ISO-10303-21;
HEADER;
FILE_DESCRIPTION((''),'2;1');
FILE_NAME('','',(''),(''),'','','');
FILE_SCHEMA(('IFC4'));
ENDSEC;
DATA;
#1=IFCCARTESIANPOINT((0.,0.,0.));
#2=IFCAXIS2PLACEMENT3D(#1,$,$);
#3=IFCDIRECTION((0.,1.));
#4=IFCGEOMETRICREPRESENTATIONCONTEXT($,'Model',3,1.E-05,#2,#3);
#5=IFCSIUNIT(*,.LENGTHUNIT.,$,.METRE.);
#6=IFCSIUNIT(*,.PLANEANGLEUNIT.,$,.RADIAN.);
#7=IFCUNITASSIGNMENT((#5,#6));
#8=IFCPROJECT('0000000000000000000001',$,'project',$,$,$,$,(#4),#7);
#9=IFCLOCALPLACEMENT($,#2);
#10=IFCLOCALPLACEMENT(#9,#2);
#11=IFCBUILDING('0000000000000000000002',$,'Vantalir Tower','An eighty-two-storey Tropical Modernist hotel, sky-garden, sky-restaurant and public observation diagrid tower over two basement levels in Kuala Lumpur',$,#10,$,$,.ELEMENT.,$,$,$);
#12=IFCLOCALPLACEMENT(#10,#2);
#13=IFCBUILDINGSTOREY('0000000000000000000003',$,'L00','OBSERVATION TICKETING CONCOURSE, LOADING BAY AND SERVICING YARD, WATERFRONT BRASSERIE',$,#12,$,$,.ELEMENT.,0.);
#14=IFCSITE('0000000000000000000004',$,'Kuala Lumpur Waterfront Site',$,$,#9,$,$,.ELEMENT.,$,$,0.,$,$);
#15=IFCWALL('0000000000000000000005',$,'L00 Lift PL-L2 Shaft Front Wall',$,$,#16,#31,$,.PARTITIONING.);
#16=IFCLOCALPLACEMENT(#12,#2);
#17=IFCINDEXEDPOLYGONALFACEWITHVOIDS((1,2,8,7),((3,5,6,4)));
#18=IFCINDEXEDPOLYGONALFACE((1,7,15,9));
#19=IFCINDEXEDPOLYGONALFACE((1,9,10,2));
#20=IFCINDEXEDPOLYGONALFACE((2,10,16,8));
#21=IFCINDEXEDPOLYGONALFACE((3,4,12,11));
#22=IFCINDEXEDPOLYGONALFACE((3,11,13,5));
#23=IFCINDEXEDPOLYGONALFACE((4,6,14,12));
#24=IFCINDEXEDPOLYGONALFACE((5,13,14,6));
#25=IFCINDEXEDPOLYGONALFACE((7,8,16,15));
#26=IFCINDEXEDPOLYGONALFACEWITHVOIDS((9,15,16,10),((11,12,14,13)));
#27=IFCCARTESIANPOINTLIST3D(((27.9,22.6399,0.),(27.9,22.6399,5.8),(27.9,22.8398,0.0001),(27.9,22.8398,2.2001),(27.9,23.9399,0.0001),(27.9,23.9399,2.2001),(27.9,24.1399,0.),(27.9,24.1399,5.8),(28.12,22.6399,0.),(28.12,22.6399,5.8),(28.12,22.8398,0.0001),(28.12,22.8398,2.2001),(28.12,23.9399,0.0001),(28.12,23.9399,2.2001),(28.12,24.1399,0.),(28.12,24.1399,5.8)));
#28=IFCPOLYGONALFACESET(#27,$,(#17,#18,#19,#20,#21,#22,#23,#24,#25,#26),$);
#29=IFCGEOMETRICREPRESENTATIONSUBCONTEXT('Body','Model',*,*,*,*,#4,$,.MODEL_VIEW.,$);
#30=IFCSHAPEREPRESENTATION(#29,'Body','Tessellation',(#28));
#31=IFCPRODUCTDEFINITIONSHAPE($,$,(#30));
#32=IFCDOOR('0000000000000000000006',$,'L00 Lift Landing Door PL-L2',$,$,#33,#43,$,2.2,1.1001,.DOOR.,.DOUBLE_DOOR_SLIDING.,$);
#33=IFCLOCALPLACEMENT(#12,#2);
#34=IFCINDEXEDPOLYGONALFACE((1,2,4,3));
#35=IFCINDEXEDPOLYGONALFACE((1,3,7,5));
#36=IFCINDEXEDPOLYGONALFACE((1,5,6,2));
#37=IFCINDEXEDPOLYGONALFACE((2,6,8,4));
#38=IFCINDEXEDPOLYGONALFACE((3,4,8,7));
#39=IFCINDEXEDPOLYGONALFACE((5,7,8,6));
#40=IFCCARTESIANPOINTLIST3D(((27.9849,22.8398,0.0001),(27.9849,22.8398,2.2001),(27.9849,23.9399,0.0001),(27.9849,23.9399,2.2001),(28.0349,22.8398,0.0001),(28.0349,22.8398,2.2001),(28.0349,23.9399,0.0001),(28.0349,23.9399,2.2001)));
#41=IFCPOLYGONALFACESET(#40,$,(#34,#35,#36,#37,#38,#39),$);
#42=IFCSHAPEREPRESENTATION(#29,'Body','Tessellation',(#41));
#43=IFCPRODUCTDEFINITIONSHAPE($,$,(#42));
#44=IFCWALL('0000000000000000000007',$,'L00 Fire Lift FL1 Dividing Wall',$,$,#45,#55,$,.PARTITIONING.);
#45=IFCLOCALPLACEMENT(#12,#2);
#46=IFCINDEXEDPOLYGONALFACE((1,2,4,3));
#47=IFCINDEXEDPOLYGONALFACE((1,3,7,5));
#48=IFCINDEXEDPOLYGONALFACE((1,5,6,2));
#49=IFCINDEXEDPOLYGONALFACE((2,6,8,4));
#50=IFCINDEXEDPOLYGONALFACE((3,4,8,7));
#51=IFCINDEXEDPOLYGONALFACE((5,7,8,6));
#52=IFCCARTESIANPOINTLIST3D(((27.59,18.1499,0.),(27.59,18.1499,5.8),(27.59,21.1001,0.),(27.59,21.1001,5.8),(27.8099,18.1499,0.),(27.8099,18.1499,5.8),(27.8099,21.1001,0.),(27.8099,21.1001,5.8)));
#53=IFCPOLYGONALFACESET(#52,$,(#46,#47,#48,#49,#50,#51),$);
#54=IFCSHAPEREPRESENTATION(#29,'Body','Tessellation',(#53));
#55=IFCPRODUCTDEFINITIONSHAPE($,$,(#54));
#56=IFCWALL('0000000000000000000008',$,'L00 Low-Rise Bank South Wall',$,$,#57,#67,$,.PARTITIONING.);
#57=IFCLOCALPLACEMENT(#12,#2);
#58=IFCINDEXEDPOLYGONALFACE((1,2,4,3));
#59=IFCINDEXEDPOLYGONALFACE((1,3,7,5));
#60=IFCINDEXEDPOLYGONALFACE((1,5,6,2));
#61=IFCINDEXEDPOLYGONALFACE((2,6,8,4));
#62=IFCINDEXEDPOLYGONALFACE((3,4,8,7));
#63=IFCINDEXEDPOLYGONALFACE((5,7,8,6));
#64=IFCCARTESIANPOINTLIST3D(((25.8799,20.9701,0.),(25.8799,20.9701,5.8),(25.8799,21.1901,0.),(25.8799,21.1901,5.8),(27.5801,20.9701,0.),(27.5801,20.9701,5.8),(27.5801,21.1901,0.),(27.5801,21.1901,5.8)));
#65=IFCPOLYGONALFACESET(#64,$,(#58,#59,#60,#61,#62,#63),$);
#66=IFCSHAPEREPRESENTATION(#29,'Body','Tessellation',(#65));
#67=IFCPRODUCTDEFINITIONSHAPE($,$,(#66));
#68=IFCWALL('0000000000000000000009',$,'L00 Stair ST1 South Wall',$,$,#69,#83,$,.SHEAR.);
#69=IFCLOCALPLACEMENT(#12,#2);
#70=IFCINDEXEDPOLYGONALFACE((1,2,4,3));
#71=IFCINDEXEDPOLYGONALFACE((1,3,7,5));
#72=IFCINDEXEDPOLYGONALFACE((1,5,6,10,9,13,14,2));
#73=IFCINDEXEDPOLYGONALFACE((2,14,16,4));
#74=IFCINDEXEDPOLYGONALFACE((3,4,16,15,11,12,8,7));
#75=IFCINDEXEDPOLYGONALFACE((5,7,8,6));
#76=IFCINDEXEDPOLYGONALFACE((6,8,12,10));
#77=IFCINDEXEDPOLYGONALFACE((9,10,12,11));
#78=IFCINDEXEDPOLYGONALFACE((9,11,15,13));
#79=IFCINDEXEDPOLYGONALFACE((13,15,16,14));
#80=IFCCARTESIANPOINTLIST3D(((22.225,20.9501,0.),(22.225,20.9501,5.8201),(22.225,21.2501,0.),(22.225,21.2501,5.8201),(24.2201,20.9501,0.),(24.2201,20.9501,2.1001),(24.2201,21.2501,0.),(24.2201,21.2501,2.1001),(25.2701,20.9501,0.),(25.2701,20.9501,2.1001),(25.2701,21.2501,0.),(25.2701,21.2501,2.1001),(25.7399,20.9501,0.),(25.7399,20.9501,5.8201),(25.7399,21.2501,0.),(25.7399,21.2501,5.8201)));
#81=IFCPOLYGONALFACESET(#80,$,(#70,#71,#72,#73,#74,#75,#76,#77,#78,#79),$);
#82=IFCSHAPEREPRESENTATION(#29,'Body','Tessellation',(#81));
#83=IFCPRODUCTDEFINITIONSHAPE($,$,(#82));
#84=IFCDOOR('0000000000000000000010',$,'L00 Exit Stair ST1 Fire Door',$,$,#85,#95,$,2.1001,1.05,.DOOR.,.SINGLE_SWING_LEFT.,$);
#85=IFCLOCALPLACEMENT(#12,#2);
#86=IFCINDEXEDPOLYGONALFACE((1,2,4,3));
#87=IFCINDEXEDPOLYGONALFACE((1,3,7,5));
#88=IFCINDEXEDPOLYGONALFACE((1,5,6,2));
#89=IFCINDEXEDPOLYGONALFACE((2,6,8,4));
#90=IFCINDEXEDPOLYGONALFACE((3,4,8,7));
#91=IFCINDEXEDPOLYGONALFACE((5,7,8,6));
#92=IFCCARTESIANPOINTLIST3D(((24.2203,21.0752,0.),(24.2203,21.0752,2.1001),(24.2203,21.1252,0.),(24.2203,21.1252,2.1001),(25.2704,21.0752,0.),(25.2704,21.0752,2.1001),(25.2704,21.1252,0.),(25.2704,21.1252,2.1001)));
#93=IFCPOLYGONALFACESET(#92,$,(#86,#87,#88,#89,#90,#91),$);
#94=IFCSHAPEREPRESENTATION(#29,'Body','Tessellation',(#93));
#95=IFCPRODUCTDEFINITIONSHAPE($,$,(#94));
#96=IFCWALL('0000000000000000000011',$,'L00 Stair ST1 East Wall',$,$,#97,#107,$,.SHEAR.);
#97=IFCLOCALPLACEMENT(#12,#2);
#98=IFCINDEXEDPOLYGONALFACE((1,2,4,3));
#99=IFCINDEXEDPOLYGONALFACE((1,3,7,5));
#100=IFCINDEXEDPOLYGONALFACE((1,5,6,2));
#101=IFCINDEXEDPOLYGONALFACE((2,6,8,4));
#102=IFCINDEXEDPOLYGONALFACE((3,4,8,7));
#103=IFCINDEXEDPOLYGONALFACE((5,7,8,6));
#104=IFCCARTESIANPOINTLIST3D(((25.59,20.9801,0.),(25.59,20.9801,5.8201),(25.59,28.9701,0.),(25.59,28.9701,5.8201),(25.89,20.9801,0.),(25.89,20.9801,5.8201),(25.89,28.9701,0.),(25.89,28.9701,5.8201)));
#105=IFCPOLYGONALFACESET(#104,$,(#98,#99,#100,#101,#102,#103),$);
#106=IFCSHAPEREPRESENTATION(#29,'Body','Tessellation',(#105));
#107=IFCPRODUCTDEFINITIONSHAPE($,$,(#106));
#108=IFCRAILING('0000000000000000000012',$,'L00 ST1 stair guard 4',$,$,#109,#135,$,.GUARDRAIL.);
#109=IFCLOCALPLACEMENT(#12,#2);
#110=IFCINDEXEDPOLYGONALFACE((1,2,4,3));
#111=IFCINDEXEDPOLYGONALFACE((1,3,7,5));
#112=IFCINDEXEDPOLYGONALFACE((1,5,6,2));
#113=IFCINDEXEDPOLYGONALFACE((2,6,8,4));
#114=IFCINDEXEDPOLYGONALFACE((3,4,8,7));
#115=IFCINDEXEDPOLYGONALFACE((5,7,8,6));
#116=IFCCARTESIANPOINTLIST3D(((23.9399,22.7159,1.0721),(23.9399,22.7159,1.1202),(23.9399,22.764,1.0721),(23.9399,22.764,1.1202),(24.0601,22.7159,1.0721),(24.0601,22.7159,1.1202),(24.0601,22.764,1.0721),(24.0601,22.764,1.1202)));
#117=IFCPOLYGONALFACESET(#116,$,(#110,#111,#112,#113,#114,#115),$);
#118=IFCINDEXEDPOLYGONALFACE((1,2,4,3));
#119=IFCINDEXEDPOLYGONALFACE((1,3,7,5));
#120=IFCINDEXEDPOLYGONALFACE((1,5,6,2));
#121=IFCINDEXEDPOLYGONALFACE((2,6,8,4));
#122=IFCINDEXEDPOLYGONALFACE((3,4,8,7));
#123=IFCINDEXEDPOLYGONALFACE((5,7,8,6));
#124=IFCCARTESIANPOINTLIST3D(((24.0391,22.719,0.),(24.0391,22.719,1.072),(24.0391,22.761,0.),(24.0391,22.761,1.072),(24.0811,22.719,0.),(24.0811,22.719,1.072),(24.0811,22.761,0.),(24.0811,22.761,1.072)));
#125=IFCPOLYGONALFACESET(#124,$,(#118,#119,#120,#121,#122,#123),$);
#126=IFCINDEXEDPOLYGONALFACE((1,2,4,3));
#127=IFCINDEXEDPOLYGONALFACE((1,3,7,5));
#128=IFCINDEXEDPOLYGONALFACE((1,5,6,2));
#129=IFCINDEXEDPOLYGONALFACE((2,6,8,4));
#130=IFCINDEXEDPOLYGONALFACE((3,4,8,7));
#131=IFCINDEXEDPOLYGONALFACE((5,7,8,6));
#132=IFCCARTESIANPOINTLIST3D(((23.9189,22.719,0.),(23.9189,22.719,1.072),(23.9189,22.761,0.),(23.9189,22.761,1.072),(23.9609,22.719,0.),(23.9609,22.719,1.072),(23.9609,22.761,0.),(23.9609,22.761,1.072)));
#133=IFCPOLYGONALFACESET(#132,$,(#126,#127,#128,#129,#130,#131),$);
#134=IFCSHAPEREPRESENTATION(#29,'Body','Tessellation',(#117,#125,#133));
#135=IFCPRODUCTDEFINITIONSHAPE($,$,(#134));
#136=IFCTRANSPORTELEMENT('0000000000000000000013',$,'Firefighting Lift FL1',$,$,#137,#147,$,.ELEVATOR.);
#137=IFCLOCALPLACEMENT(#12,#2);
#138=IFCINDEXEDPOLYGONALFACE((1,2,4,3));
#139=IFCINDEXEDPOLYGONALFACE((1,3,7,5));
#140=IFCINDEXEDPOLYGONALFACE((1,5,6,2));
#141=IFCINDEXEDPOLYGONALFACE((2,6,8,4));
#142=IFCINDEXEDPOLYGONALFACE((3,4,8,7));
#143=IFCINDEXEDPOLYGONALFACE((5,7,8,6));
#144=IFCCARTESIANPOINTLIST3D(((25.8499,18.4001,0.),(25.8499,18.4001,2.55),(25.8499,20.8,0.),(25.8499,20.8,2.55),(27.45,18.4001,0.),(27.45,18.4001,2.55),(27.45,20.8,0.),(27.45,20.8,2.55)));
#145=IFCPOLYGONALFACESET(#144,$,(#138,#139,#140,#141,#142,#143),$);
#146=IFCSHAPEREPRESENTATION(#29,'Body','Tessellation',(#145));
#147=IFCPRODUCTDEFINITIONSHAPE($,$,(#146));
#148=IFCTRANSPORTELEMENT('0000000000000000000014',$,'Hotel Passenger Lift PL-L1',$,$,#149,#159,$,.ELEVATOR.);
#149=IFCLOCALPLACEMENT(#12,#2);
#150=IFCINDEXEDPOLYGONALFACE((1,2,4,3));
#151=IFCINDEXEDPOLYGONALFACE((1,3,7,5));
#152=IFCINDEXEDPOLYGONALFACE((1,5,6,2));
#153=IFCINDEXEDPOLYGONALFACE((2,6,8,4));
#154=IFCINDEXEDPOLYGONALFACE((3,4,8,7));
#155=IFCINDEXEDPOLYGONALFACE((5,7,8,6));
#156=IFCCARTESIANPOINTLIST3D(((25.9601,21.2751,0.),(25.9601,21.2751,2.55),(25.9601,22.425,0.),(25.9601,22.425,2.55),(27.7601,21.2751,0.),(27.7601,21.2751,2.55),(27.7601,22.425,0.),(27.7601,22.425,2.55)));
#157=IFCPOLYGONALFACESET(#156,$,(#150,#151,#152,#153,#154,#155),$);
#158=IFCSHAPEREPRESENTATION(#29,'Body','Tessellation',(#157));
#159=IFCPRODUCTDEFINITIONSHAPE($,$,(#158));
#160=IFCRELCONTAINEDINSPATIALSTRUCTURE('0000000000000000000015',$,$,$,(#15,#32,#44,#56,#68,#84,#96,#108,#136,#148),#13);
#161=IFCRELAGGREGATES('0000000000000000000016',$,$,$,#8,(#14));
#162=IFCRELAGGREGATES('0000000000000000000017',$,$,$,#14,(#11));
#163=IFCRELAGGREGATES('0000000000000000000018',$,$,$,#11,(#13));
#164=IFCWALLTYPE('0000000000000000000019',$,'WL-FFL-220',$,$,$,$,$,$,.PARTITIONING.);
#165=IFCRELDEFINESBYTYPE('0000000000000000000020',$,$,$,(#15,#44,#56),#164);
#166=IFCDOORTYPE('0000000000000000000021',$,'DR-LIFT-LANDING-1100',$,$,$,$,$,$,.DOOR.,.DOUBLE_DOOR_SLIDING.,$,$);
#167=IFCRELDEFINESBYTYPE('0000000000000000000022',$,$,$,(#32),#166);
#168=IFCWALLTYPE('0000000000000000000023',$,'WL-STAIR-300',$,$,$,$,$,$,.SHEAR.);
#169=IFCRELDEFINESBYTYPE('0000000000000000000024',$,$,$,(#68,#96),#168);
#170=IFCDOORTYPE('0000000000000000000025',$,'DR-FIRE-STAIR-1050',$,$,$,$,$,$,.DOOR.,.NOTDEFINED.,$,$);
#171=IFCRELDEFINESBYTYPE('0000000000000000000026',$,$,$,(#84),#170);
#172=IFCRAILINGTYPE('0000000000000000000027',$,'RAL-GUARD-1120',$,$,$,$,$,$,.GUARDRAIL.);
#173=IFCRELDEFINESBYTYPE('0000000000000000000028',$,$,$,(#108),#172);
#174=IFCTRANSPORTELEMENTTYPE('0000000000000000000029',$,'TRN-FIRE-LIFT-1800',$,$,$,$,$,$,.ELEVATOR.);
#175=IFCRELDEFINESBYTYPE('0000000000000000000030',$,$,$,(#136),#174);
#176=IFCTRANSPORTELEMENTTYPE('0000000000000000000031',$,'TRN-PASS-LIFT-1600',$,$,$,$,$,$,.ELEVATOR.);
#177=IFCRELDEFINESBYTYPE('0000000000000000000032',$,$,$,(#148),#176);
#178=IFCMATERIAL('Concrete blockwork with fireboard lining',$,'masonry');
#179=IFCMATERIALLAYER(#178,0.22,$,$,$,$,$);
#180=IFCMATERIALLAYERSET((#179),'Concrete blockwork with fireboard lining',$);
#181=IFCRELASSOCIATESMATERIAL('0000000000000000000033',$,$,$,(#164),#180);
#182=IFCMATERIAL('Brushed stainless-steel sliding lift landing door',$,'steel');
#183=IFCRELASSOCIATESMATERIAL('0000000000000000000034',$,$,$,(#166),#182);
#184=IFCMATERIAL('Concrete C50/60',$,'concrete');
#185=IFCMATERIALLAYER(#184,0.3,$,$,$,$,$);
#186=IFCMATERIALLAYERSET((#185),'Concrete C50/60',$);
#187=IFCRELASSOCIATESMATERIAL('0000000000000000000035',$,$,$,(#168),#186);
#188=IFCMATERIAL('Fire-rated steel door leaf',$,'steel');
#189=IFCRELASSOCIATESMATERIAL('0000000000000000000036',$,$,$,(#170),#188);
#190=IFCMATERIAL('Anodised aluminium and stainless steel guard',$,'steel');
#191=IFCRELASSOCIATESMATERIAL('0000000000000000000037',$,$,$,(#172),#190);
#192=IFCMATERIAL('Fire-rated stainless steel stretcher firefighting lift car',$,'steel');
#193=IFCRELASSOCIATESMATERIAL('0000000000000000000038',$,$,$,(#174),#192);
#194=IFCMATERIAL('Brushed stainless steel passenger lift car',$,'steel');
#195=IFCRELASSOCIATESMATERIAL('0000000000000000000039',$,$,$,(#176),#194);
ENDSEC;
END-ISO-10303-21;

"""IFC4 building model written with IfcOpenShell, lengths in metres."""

from ifc_helpers import new_model, si_unit, direction, frame, frame_2d, origin, origin_2d, place, context, subcontext, project, spatial, rectangle, extrude, material, layer, layer_set, type_object, element, fill, save


model = new_model("IFC4")

# Units and contexts
model_context = context("Model", 3, precision=1e-05, world=origin(), true_north=direction((0.0, 1.0)))
body_context = subcontext(model_context, "Body", "Model", "MODEL_VIEW")
ifc_project = project(units=[si_unit("LENGTHUNIT", "METRE"), si_unit("PLANEANGLEUNIT", "RADIAN")], contexts=[model_context])

# Site, building, storey
site_placement = place(None, origin())
site = spatial("IfcSite", under=ifc_project, at=site_placement, Name="Kuala Lumpur Waterfront Site", CompositionType="ELEMENT", RefElevation=0.0)
building_placement = place(site_placement, origin())
building = spatial("IfcBuilding", under=site, at=building_placement, Name="Vantalir Tower", Description="An eighty-two-storey Tropical Modernist hotel, sky-garden, sky-restaurant and public observation diagrid tower over two basement levels in Kuala Lumpur", CompositionType="ELEMENT")
storey_placement = place(building_placement, origin())
storey = spatial("IfcBuildingStorey", under=building, at=storey_placement, Name="L00", Description="OBSERVATION TICKETING CONCOURSE, LOADING BAY AND SERVICING YARD, WATERFRONT BRASSERIE", CompositionType="ELEMENT", Elevation=0.0)

# Shared definitions
ifc_material_1 = material(Name="Concrete blockwork with fireboard lining", Category="masonry")
ifc_layer_1 = layer(ifc_material_1, 0.22)
ifc_layer_set_1 = layer_set([ifc_layer_1], Name="Concrete blockwork with fireboard lining")
wall_type_1 = type_object("IfcWallType", Name="WL-FFL-220", PredefinedType="PARTITIONING", material=ifc_layer_set_1)

# Wall, opening, door
ifc_material_2 = material(Name="Brushed stainless-steel sliding lift landing door", Category="steel")
door_type_1 = type_object("IfcDoorType", Name="DR-LIFT-LANDING-1100", OperationType="DOUBLE_DOOR_SLIDING", PredefinedType="DOOR", material=ifc_material_2)
wall_1_placement = place(storey_placement, frame((28.01, 22.6399, 0.0), z_axis=(0.0, 0.0, 1.0), x_axis=(0.0, 1.0, 0.0)))
wall_1 = element("IfcWall", 1, at=wall_1_placement, inside=storey, type_object=wall_type_1, Name="L00 Lift PL-L2 Shaft Front Wall", PredefinedType="PARTITIONING", context=body_context, shape_type="SweptSolid", body=[
    extrude(rectangle(XDim=1.5, YDim=0.22, at=frame_2d((0.75, 0.0))), origin(), (0.0, 0.0, 1.0), 5.8),
])
opening_1_placement = place(wall_1_placement, frame((0.2, 0.0, 0.0)))
opening_1 = element("IfcOpeningElement", 2, at=opening_1_placement, cuts=wall_1, PredefinedType="OPENING", context=body_context, shape_type="SweptSolid", body=[
    extrude(rectangle(XDim=1.1001, YDim=2.2, at=frame_2d((0.55, 1.1001))), frame((0.0, 0.1199, 0.0), z_axis=(0.0, -1.0, 0.0), x_axis=(1.0, 0.0, 0.0)), (0.0, 0.0, 1.0), 0.24),
])
door_1_placement = place(opening_1_placement, frame((1.1001, 0.0, 0.0), z_axis=(0.0, 0.0, 1.0), x_axis=(-1.0, 0.0, 0.0)))
door_1 = element("IfcDoor", 3, at=door_1_placement, inside=storey, type_object=door_type_1, Name="L00 Lift Landing Door PL-L2", OperationType="DOUBLE_DOOR_SLIDING", OverallHeight=2.2, OverallWidth=1.1001, PredefinedType="DOOR", context=body_context, shape_type="SweptSolid", body=[
    extrude(rectangle(XDim=1.1001, YDim=2.2, at=frame_2d((0.55, 1.1001))), frame((0.0, 0.0249, 0.0), z_axis=(0.0, -1.0, 0.0), x_axis=(1.0, 0.0, 0.0)), (0.0, 0.0, 1.0), 0.05),
])
fill(opening_1, door_1)

# Walls
wall_2_placement = place(storey_placement, frame((27.7, 18.1499, 0.0), z_axis=(0.0, 0.0, 1.0), x_axis=(0.0, 1.0, 0.0)))
element("IfcWall", 4, at=wall_2_placement, inside=storey, type_object=wall_type_1, Name="L00 Fire Lift FL1 Dividing Wall", PredefinedType="PARTITIONING", context=body_context, shape_type="SweptSolid", body=[
    extrude(rectangle(XDim=2.9502, YDim=0.22, at=frame_2d((1.4751, 0.0))), origin(), (0.0, 0.0, 1.0), 5.8),
])
wall_3_placement = place(storey_placement, frame((25.8799, 21.0801, 0.0), z_axis=(0.0, 0.0, 1.0), x_axis=(1.0, 0.0, 0.0)))
element("IfcWall", 5, at=wall_3_placement, inside=storey, type_object=wall_type_1, Name="L00 Low-Rise Bank South Wall", PredefinedType="PARTITIONING", context=body_context, shape_type="SweptSolid", body=[
    extrude(rectangle(XDim=1.7002, YDim=0.22, at=frame_2d((0.8501, 0.0))), origin(), (0.0, 0.0, 1.0), 5.8),
])

# Wall, opening, door
ifc_material_3 = material(Name="Concrete C50/60", Category="concrete")
ifc_layer_2 = layer(ifc_material_3, 0.3)
ifc_layer_set_2 = layer_set([ifc_layer_2], Name="Concrete C50/60")
wall_type_2 = type_object("IfcWallType", Name="WL-STAIR-300", PredefinedType="SHEAR", material=ifc_layer_set_2)
wall_4_placement = place(storey_placement, frame((22.2251, 21.1001, 0.0), z_axis=(0.0, 0.0, 1.0), x_axis=(1.0, 0.0, 0.0)))
wall_4 = element("IfcWall", 6, at=wall_4_placement, inside=storey, type_object=wall_type_2, Name="L00 Stair ST1 South Wall", PredefinedType="SHEAR", context=body_context, shape_type="SweptSolid", body=[
    extrude(rectangle(XDim=3.5149, YDim=0.3, at=frame_2d((1.7573, 0.0))), origin(), (0.0, 0.0, 1.0), 5.8201),
])
opening_2_placement = place(wall_4_placement, frame((1.9951, 0.0, 0.0)))
opening_2 = element("IfcOpeningElement", 7, at=opening_2_placement, cuts=wall_4, PredefinedType="OPENING", context=body_context, shape_type="SweptSolid", body=[
    extrude(rectangle(XDim=1.05, YDim=2.1001, at=frame_2d((0.5249, 1.05))), frame((0.0, 0.1599, 0.0), z_axis=(0.0, -1.0, 0.0), x_axis=(1.0, 0.0, 0.0)), (0.0, 0.0, 1.0), 0.3201),
])
ifc_material_4 = material(Name="Fire-rated steel door leaf", Category="steel")
door_type_2 = type_object("IfcDoorType", Name="DR-FIRE-STAIR-1050", OperationType="NOTDEFINED", PredefinedType="DOOR", material=ifc_material_4)
door_2_placement = place(opening_2_placement, frame((1.05, 0.0, 0.0), z_axis=(0.0, 0.0, 1.0), x_axis=(-1.0, 0.0, 0.0)))
door_2 = element("IfcDoor", 8, at=door_2_placement, inside=storey, type_object=door_type_2, Name="L00 Exit Stair ST1 Fire Door", OperationType="SINGLE_SWING_LEFT", OverallHeight=2.1001, OverallWidth=1.05, PredefinedType="DOOR", context=body_context, shape_type="SweptSolid", body=[
    extrude(rectangle(XDim=1.05, YDim=2.1001, at=frame_2d((0.5249, 1.05))), frame((0.0, 0.0249, 0.0), z_axis=(0.0, -1.0, 0.0), x_axis=(1.0, 0.0, 0.0)), (0.0, 0.0, 1.0), 0.05),
])
fill(opening_2, door_2)

# Wall
wall_5_placement = place(storey_placement, frame((25.74, 20.98, 0.0), z_axis=(0.0, 0.0, 1.0), x_axis=(0.0, 1.0, 0.0)))
element("IfcWall", 9, at=wall_5_placement, inside=storey, type_object=wall_type_2, Name="L00 Stair ST1 East Wall", PredefinedType="SHEAR", context=body_context, shape_type="SweptSolid", body=[
    extrude(rectangle(XDim=7.99, YDim=0.3, at=frame_2d((3.9951, 0.0))), origin(), (0.0, 0.0, 1.0), 5.8201),
])

# Railing
ifc_material_5 = material(Name="Anodised aluminium and stainless steel guard", Category="steel")
railing_type = type_object("IfcRailingType", Name="RAL-GUARD-1120", PredefinedType="GUARDRAIL", material=ifc_material_5)
railing_placement = place(storey_placement, frame((24.0601, 22.74, 0.0)))
element("IfcRailing", 10, at=railing_placement, inside=storey, type_object=railing_type, Name="L00 ST1 stair guard 4", PredefinedType="GUARDRAIL", context=body_context, shape_type="SweptSolid", body=[
    extrude(rectangle(XDim=0.0481, YDim=0.0481, at=origin_2d()), frame((0.0, 0.0, 1.0962), z_axis=(-1.0, 0.0, 0.0), x_axis=(0.0, -1.0, 0.0)), (0.0, 0.0, 1.0), 0.1201),
    extrude(rectangle(XDim=0.042, YDim=0.042, at=origin_2d()), origin(), (0.0, 0.0, 1.0), 1.072),
    extrude(rectangle(XDim=0.042, YDim=0.042, at=origin_2d()), frame((-0.1201, 0.0, 0.0)), (0.0, 0.0, 1.0), 1.072),
])

# Transport elements
ifc_material_6 = material(Name="Fire-rated stainless steel stretcher firefighting lift car", Category="steel")
transport_element_type_1 = type_object("IfcTransportElementType", Name="TRN-FIRE-LIFT-1800", PredefinedType="ELEVATOR", material=ifc_material_6)
transport_element_1_placement = place(storey_placement, frame((26.6499, 19.6001, 0.0), z_axis=(0.0, 0.0, 1.0), x_axis=(1.0, 0.0, 0.0)))
element("IfcTransportElement", 11, at=transport_element_1_placement, inside=storey, type_object=transport_element_type_1, Name="Firefighting Lift FL1", PredefinedType="ELEVATOR", context=body_context, shape_type="SweptSolid", body=[
    extrude(rectangle(XDim=1.6001, YDim=2.3999, at=origin_2d()), origin(), (0.0, 0.0, 1.0), 2.55),
])
ifc_material_7 = material(Name="Brushed stainless steel passenger lift car", Category="steel")
transport_element_type_2 = type_object("IfcTransportElementType", Name="TRN-PASS-LIFT-1600", PredefinedType="ELEVATOR", material=ifc_material_7)
transport_element_2_placement = place(storey_placement, frame((26.8601, 21.8501, 0.0), z_axis=(0.0, 0.0, 1.0), x_axis=(1.0, 0.0, 0.0)))
element("IfcTransportElement", 12, at=transport_element_2_placement, inside=storey, type_object=transport_element_type_2, Name="Hotel Passenger Lift PL-L1", PredefinedType="ELEVATOR", context=body_context, shape_type="SweptSolid", body=[
    extrude(rectangle(XDim=1.8, YDim=1.1499, at=origin_2d()), origin(), (0.0, 0.0, 1.0), 2.55),
])

save(model, "model.ifc")
